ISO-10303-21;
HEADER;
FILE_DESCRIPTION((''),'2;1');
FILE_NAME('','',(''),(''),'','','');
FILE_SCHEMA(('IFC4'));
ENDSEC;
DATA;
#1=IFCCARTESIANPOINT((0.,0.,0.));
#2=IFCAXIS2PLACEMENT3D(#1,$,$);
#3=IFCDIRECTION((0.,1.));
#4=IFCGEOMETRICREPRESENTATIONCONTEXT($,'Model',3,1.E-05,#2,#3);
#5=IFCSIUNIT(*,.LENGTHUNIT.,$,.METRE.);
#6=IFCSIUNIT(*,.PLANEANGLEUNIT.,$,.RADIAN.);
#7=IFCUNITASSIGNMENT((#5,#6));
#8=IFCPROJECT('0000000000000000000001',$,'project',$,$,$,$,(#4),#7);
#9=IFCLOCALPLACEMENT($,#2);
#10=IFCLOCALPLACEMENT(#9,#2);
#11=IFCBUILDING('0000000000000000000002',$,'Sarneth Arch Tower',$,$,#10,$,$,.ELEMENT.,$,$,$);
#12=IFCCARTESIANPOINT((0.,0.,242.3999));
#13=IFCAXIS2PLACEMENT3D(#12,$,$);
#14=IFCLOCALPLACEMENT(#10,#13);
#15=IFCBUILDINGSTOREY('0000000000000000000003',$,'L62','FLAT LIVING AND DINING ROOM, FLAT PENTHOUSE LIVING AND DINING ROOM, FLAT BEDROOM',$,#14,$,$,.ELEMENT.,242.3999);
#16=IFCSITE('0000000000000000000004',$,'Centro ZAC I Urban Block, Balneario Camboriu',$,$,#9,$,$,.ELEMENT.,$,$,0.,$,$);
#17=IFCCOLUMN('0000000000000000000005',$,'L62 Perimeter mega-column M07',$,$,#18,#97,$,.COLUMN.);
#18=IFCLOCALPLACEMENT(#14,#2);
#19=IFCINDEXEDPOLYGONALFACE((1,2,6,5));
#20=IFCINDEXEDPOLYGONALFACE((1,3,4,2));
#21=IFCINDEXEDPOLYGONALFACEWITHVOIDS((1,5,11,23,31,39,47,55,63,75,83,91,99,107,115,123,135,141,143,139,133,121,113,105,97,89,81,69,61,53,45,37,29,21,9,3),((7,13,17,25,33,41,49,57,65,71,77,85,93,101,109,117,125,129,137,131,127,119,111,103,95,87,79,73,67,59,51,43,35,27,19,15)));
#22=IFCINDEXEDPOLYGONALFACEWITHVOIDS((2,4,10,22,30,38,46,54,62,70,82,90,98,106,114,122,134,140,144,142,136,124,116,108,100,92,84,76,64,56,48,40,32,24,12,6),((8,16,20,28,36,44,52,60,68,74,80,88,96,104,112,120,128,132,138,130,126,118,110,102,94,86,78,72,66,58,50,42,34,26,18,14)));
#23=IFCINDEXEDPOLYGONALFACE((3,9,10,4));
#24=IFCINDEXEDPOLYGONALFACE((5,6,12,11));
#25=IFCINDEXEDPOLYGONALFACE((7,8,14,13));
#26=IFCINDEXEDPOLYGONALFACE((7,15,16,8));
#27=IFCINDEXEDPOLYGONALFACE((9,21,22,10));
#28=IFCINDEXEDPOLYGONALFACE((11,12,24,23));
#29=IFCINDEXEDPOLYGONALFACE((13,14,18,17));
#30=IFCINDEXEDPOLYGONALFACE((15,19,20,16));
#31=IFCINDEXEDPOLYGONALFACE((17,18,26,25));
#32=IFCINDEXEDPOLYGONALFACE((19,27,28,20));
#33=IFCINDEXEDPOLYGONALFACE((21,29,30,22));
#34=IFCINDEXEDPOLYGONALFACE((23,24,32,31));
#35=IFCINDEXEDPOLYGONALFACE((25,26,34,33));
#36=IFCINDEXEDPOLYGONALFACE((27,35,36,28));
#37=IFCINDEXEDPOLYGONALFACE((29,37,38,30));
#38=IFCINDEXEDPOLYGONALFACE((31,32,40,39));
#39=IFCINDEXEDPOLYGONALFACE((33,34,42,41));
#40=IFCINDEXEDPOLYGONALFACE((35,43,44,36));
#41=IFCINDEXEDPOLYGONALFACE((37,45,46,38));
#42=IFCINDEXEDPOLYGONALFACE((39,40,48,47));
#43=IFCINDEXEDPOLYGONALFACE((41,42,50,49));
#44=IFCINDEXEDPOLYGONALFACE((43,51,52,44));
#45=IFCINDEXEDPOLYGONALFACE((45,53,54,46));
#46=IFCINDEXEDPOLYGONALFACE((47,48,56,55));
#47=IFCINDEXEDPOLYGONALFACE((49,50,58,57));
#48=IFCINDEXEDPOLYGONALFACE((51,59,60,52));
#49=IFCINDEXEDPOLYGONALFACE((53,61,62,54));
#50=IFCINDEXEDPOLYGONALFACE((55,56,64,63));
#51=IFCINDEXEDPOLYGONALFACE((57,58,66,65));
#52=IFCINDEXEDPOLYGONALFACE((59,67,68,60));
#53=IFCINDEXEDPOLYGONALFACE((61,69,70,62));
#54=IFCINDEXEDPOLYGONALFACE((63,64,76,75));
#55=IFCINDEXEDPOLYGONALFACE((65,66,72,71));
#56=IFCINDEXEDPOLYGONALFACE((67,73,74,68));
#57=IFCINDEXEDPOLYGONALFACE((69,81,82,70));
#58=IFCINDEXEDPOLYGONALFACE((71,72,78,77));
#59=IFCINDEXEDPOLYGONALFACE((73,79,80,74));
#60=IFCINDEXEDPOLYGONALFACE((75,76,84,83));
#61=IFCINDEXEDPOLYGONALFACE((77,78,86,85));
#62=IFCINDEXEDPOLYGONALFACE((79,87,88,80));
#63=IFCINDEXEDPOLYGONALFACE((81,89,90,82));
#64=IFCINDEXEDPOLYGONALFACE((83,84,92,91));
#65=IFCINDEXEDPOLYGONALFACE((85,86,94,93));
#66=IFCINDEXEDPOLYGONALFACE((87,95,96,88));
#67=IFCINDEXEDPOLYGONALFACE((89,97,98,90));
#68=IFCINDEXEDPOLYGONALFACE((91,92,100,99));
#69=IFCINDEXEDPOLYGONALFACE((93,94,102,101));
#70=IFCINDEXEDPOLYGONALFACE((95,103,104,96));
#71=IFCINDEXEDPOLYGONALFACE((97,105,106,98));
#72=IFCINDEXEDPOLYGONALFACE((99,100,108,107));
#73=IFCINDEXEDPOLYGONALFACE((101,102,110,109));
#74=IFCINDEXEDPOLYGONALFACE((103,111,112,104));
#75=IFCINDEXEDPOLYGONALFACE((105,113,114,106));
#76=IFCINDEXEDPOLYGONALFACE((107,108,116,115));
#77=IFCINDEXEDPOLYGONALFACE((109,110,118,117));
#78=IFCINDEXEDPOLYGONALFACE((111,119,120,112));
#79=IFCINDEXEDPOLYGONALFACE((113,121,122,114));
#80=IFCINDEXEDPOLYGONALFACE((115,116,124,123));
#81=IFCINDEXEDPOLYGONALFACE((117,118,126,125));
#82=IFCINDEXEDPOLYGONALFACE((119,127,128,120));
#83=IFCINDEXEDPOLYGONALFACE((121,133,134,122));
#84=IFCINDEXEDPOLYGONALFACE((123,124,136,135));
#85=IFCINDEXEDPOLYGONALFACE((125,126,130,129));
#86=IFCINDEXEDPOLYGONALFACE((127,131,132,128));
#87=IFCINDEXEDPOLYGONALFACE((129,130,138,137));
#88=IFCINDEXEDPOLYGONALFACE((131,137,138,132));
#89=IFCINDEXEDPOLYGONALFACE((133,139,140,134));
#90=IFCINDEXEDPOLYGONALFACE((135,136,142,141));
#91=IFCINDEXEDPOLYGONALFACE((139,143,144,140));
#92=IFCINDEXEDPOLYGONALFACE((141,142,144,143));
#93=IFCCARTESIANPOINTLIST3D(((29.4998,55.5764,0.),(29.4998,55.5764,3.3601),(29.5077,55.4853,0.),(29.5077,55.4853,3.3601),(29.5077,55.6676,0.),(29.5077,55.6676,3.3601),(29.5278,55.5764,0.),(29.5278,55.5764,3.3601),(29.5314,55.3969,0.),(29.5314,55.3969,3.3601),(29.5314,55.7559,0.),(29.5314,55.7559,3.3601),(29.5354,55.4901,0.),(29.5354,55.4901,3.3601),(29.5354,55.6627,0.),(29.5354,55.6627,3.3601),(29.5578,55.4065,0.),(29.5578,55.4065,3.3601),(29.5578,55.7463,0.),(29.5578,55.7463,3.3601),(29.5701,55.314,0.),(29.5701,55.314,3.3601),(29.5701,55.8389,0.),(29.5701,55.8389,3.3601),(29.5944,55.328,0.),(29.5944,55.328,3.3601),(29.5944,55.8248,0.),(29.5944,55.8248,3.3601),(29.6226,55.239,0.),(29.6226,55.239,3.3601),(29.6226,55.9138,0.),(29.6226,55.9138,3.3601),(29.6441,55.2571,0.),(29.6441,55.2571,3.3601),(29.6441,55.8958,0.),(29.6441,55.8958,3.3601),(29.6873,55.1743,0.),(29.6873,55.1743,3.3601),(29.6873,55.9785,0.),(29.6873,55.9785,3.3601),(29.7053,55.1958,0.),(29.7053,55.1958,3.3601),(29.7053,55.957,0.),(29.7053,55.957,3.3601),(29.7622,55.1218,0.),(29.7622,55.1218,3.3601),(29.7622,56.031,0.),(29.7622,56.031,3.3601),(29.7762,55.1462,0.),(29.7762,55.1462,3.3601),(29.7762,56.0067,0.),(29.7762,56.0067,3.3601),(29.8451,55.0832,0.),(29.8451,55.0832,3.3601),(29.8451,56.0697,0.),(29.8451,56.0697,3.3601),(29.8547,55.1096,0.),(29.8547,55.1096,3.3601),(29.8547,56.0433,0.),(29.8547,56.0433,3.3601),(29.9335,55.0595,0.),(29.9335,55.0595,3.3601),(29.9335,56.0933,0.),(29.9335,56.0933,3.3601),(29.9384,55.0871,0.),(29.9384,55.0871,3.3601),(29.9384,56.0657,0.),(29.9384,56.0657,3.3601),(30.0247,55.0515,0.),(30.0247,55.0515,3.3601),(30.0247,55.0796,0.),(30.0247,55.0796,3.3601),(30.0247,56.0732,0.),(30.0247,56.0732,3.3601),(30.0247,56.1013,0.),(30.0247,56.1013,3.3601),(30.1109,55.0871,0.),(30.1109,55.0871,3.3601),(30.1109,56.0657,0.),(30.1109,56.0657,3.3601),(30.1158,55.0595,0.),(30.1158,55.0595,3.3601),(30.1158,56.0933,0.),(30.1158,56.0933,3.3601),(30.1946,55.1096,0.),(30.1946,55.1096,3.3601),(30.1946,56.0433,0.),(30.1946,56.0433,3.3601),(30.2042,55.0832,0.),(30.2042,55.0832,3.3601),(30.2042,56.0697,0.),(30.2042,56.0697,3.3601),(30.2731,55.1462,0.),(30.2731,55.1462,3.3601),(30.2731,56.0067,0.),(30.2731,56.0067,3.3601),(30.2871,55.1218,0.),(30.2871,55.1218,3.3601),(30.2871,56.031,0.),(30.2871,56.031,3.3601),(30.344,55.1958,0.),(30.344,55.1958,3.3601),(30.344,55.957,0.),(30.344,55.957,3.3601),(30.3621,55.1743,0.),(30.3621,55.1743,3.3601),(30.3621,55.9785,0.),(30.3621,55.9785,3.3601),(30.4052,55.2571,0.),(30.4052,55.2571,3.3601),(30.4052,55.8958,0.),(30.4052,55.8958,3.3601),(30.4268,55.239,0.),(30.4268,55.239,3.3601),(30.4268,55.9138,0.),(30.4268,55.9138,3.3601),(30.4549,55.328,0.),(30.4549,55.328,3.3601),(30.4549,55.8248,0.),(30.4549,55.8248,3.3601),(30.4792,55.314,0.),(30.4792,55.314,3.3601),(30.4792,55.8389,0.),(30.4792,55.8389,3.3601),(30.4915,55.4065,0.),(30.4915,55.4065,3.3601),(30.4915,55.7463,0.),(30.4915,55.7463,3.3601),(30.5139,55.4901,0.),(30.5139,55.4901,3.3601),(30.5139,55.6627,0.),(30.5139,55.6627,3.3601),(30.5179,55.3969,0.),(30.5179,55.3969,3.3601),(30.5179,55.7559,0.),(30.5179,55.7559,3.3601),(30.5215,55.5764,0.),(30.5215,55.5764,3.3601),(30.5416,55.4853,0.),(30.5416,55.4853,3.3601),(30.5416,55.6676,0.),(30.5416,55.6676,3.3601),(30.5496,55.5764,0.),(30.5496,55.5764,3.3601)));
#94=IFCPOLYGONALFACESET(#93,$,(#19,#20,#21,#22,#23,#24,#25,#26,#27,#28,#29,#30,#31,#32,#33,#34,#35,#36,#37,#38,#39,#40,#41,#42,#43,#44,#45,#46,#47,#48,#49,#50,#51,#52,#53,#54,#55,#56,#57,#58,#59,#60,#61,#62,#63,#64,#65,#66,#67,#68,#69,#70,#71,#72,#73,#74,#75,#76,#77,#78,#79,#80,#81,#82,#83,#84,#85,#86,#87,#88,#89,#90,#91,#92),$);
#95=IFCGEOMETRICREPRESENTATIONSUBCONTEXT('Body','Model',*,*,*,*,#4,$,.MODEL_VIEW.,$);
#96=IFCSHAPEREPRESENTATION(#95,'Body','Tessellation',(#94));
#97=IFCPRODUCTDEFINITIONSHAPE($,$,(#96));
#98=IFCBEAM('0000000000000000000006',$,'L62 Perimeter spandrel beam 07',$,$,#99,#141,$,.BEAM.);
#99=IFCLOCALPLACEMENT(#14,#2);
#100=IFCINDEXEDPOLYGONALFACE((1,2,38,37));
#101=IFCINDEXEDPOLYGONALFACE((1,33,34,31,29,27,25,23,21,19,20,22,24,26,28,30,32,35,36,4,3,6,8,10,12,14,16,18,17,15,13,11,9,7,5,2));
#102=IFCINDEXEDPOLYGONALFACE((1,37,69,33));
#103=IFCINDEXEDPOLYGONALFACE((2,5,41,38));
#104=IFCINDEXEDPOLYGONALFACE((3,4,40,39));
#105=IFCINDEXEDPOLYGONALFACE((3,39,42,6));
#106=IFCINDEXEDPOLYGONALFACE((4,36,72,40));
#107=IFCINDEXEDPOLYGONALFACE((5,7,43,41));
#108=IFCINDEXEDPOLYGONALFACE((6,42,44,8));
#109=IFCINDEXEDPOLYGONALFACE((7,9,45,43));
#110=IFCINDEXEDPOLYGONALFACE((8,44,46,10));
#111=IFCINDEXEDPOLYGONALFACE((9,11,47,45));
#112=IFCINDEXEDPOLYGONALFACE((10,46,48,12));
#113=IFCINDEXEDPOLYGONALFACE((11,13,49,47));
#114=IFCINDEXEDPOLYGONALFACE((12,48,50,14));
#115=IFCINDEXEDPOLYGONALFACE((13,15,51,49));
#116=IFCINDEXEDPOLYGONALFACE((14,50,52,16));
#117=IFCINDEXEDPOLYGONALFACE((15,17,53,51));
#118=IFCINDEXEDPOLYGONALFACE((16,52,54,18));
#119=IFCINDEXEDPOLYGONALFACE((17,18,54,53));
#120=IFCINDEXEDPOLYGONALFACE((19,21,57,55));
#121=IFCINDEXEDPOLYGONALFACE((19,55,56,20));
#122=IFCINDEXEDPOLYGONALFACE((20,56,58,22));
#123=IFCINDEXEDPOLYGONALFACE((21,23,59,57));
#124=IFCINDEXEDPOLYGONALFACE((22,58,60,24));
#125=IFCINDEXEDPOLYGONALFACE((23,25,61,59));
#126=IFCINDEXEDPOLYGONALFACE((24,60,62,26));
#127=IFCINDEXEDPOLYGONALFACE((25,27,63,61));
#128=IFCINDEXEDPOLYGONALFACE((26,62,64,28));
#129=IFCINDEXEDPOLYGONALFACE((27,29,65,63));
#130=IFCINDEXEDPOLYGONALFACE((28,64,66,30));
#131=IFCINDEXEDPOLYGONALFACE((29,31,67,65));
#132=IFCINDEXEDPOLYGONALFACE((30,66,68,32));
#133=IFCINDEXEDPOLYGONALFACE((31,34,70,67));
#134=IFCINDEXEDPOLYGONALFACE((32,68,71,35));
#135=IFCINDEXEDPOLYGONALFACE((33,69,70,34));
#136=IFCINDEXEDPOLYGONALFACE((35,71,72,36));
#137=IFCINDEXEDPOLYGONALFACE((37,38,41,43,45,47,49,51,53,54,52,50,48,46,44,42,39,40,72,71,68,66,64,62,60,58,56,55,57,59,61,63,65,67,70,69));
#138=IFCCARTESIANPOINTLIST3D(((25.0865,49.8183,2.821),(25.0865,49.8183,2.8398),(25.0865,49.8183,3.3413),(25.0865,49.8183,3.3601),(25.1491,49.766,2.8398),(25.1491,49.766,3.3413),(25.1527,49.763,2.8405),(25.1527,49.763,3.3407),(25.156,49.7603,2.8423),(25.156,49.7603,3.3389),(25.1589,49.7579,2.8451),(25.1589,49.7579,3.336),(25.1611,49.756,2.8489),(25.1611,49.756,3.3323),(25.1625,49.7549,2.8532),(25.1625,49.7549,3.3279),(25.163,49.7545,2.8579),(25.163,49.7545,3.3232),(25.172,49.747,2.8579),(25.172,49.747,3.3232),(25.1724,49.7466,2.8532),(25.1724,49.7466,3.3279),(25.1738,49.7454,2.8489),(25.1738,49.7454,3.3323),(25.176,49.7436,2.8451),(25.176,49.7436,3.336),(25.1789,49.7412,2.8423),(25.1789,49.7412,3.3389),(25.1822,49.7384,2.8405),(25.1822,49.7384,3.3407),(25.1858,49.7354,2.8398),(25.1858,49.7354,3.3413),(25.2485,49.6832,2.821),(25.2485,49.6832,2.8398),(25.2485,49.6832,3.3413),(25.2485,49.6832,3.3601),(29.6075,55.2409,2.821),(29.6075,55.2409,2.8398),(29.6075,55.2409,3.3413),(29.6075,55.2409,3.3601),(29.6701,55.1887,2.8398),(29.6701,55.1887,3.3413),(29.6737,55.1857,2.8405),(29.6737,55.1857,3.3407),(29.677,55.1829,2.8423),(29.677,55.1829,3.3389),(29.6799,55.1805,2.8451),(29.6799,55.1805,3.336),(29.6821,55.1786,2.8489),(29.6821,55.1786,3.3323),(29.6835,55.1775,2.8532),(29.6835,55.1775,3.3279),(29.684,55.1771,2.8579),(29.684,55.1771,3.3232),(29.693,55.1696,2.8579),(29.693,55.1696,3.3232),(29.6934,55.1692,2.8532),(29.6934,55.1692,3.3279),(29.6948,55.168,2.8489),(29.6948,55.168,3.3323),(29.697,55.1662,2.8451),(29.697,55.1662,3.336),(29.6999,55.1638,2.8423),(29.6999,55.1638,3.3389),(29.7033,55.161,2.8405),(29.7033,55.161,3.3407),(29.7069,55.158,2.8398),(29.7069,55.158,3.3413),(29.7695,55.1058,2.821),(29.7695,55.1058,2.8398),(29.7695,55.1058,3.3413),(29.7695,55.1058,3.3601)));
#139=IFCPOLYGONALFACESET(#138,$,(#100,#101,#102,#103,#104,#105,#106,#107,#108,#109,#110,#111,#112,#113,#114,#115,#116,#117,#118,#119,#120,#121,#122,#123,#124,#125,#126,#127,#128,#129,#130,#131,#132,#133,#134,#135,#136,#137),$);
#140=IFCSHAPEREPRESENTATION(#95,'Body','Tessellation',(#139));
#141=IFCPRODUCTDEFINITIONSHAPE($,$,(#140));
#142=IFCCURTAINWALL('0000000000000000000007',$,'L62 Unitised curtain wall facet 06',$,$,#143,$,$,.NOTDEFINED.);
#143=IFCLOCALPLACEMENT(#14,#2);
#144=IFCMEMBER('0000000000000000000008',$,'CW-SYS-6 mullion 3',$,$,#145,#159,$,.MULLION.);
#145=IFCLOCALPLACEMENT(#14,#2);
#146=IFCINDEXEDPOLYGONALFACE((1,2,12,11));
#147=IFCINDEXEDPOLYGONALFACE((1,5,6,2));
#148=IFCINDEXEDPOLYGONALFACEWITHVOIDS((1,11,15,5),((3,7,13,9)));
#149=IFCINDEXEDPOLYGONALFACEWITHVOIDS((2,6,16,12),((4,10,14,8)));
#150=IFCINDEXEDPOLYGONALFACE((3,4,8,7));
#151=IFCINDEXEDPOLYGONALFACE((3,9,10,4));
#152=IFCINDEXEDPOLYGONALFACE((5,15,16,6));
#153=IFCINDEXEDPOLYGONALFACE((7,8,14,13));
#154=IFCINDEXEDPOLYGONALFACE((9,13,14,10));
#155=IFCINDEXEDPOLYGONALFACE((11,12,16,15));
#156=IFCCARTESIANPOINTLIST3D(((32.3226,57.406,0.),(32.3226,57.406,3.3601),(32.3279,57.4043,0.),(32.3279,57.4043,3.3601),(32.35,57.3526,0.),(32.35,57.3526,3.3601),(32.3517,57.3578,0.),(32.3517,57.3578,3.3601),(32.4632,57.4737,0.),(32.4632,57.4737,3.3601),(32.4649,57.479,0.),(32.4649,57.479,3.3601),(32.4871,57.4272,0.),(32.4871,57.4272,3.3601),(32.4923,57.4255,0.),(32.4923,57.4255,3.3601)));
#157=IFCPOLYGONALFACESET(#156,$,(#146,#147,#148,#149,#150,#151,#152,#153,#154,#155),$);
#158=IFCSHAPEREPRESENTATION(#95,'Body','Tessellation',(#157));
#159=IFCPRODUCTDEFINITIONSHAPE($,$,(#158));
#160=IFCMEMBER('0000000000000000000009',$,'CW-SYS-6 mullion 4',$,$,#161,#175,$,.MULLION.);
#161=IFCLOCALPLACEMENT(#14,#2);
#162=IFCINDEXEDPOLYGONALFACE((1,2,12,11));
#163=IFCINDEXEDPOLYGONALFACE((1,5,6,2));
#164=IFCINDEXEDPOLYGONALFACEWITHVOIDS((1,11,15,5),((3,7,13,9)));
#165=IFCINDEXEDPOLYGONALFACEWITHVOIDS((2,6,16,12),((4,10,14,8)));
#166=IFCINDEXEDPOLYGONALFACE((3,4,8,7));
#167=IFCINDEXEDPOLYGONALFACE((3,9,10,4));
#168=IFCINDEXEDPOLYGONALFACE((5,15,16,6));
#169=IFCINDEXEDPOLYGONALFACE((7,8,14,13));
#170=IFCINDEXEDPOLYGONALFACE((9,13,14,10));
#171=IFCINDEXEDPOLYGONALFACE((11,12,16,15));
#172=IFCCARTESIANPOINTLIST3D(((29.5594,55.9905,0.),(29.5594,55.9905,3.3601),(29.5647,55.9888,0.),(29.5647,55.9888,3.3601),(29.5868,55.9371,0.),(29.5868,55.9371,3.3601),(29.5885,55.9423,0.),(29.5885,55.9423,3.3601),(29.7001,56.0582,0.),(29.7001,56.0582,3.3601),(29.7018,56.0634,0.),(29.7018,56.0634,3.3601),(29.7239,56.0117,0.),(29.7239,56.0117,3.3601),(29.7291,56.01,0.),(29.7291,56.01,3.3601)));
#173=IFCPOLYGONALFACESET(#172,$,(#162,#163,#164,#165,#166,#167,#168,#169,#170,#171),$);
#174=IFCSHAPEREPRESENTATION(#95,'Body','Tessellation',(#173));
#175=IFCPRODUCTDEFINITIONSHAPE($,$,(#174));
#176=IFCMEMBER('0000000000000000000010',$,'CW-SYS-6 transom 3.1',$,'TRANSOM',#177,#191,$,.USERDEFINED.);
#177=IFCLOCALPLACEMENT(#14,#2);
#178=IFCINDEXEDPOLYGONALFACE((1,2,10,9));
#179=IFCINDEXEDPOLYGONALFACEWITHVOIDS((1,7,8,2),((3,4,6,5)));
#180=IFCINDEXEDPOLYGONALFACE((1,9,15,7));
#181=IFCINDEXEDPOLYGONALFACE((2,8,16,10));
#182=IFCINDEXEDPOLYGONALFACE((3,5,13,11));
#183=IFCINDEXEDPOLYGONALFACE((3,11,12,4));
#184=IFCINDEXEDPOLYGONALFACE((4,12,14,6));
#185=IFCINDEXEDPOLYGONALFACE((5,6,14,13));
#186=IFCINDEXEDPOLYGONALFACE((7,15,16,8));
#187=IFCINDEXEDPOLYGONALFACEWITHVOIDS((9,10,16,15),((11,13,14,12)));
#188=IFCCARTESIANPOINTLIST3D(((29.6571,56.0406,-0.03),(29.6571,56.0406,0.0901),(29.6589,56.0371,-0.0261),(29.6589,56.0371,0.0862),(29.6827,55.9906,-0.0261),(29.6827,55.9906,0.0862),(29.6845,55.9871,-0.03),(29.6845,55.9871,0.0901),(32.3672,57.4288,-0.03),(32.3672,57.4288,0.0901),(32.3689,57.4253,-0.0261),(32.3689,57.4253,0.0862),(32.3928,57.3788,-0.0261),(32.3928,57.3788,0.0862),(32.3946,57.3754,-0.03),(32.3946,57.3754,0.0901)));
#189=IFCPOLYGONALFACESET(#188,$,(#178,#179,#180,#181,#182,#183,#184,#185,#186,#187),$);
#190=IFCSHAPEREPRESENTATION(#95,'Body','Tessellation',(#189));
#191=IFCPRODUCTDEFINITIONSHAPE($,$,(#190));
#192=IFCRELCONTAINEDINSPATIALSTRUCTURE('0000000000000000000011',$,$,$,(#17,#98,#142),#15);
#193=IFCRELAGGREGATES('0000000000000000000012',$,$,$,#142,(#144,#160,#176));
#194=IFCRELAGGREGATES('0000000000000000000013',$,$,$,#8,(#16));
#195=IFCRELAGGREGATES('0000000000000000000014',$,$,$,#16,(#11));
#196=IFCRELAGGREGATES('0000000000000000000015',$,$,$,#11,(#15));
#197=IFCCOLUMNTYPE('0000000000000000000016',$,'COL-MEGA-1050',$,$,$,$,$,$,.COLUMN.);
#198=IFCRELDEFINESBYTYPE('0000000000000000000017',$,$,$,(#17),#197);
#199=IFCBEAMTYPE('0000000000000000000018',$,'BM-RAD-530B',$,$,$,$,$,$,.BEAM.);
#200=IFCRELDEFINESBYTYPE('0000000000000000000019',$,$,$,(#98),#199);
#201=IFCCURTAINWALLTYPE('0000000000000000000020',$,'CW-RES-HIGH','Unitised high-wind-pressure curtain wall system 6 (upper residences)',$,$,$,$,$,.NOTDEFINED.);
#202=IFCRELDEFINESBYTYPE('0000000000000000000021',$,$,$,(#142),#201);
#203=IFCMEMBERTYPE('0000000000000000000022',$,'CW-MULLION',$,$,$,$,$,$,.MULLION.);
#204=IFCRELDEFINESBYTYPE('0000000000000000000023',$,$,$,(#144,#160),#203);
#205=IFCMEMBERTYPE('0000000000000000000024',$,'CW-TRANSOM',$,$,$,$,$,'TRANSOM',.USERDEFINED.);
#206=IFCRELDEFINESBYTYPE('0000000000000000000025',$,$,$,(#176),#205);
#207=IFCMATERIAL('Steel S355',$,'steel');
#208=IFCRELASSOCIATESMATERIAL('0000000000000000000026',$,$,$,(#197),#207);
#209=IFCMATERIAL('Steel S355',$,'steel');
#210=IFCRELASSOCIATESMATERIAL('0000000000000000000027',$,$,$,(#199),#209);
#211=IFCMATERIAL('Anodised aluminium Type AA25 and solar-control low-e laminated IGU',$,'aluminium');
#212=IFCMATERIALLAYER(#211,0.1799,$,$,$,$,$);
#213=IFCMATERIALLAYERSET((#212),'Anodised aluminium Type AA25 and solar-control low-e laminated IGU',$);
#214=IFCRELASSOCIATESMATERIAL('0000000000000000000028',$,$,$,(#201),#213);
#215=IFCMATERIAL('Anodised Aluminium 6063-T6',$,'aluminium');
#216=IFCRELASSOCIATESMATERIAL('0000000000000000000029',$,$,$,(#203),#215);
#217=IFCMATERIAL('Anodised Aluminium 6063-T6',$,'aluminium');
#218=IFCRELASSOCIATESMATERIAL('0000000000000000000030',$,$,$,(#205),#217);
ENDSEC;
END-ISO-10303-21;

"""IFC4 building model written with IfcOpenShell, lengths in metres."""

from ifc_helpers import new_model, si_unit, direction, frame, origin, origin_2d, place, context, subcontext, project, spatial, hollow_rectangle, hollow_circle, i_section, extrude, material, layer, layer_set, material_profile, profile_set, type_object, element, aggregate, save


model = new_model("IFC4")

# Units and contexts
model_context = context("Model", 3, precision=1e-05, world=origin(), true_north=direction((0.0, 1.0)))
body_context = subcontext(model_context, "Body", "Model", "MODEL_VIEW")
ifc_project = project(units=[si_unit("LENGTHUNIT", "METRE"), si_unit("PLANEANGLEUNIT", "RADIAN")], contexts=[model_context])

# Site, building, storey
site_placement = place(None, origin())
site = spatial("IfcSite", under=ifc_project, at=site_placement, Name="Centro ZAC I Urban Block, Balneario Camboriu", CompositionType="ELEMENT", RefElevation=0.0)
building_placement = place(site_placement, origin())
building = spatial("IfcBuilding", under=site, at=building_placement, Name="Sarneth Arch Tower", CompositionType="ELEMENT")
storey_placement = place(building_placement, frame((0.0, 0.0, 242.3999)))
storey = spatial("IfcBuildingStorey", under=building, at=storey_placement, Name="L62", Description="FLAT LIVING AND DINING ROOM, FLAT PENTHOUSE LIVING AND DINING ROOM, FLAT BEDROOM", CompositionType="ELEMENT", Elevation=242.3999)

# Column
ifc_material_1 = material(Name="Steel S355", Category="steel")
ifc_material_profile_1 = material_profile(ifc_material_1, hollow_circle(Radius=0.5249, WallThickness=0.0281, at=origin_2d()), Name="CHS1050x28")
ifc_profile_set_1 = profile_set([ifc_material_profile_1], Name="Steel S355")
column_type = type_object("IfcColumnType", Name="COL-MEGA-1050", PredefinedType="COLUMN", material=ifc_profile_set_1)
column_placement = place(storey_placement, frame((30.0247, 55.5764, 0.0), z_axis=(0.0, 0.0, 1.0), x_axis=(1.0, 0.0, 0.0)))
element("IfcColumn", 1, at=column_placement, inside=storey, type_object=column_type, Name="L62 Perimeter mega-column M07", PredefinedType="COLUMN", context=body_context, shape_type="SweptSolid", body=[
    extrude(hollow_circle(Radius=0.5249, WallThickness=0.0281, at=origin_2d()), origin(), (0.0, 0.0, 1.0), 3.3601),
])

# Beam
ifc_material_2 = material(Name="Steel S355", Category="steel")
ifc_material_profile_2 = material_profile(ifc_material_2, i_section(OverallWidth=0.2109, OverallDepth=0.5391, WebThickness=0.0117, FlangeThickness=0.0188, FilletRadius=0.0181, at=origin_2d()), Name="W530x109")
ifc_profile_set_2 = profile_set([ifc_material_profile_2], Name="Steel S355")
beam_type = type_object("IfcBeamType", Name="BM-RAD-530B", PredefinedType="BEAM", material=ifc_profile_set_2)
beam_placement = place(storey_placement, frame((29.6885, 55.1733, 3.0906), z_axis=(-0.640365, -0.768071, 0.0), x_axis=(0.768071, -0.640365, 0.0)))
element("IfcBeam", 2, at=beam_placement, inside=storey, type_object=beam_type, Name="L62 Perimeter spandrel beam 07", PredefinedType="BEAM", context=body_context, shape_type="SweptSolid", body=[
    extrude(i_section(OverallWidth=0.2109, OverallDepth=0.5391, WebThickness=0.0117, FlangeThickness=0.0188, FilletRadius=0.0181, at=origin_2d()), origin(), (0.0, 0.0, 1.0), 7.0601),
])

# Curtain wall, members
ifc_material_3 = material(Name="Anodised aluminium Type AA25 and solar-control low-e laminated IGU", Category="aluminium")
ifc_layer_1 = layer(ifc_material_3, 0.1799)
ifc_layer_set_1 = layer_set([ifc_layer_1], Name="Anodised aluminium Type AA25 and solar-control low-e laminated IGU")
curtain_wall_type = type_object("IfcCurtainWallType", Name="CW-RES-HIGH", Description="Unitised high-wind-pressure curtain wall system 6 (upper residences)", PredefinedType="NOTDEFINED", material=ifc_layer_set_1)
curtain_wall_placement = place(storey_placement, origin())
curtain_wall = element("IfcCurtainWall", 3, at=curtain_wall_placement, inside=storey, type_object=curtain_wall_type, Name="L62 Unitised curtain wall facet 06", PredefinedType="NOTDEFINED")
ifc_material_4 = material(Name="Anodised Aluminium 6063-T6", Category="aluminium")
ifc_material_profile_3 = material_profile(ifc_material_4, hollow_rectangle(XDim=0.0601, YDim=0.1599, WallThickness=0.0039, at=origin_2d()), Name="AL-MULL-160x60x4")
ifc_profile_set_3 = profile_set([ifc_material_profile_3], Name="Anodised Aluminium 6063-T6")
member_type_1 = type_object("IfcMemberType", Name="CW-MULLION", PredefinedType="MULLION", material=ifc_profile_set_3)
member_1_placement = place(storey_placement, frame((32.4075, 57.4158, 0.0), z_axis=(0.0, 0.0, 1.0), x_axis=(0.455942, -0.89001, 0.0)))
member_1 = element("IfcMember", 4, at=member_1_placement, type_object=member_type_1, Name="CW-SYS-6 mullion 3", PredefinedType="MULLION", context=body_context, shape_type="SweptSolid", body=[
    extrude(hollow_rectangle(XDim=0.0601, YDim=0.1599, WallThickness=0.0039, at=origin_2d()), origin(), (0.0, 0.0, 1.0), 3.3601),
])
member_2_placement = place(storey_placement, frame((29.6443, 56.0002, 0.0), z_axis=(0.0, 0.0, 1.0), x_axis=(0.455942, -0.89001, 0.0)))
member_2 = element("IfcMember", 5, at=member_2_placement, type_object=member_type_1, Name="CW-SYS-6 mullion 4", PredefinedType="MULLION", context=body_context, shape_type="SweptSolid", body=[
    extrude(hollow_rectangle(XDim=0.0601, YDim=0.1599, WallThickness=0.0039, at=origin_2d()), origin(), (0.0, 0.0, 1.0), 3.3601),
])
ifc_material_5 = material(Name="Anodised Aluminium 6063-T6", Category="aluminium")
ifc_material_profile_4 = material_profile(ifc_material_5, hollow_rectangle(XDim=0.0601, YDim=0.1201, WallThickness=0.0039, at=origin_2d()), Name="AL-TRAN-120x60x4")
ifc_profile_set_4 = profile_set([ifc_material_profile_4], Name="Anodised Aluminium 6063-T6")
member_type_2 = type_object("IfcMemberType", Name="CW-TRANSOM", ElementType="TRANSOM", PredefinedType="USERDEFINED", material=ifc_profile_set_4)
member_3_placement = place(storey_placement, frame((32.3809, 57.4021, 0.03), z_axis=(-0.890023, -0.455916, 0.0), x_axis=(0.455916, -0.890023, 0.0)))
member_3 = element("IfcMember", 6, at=member_3_placement, type_object=member_type_2, Name="CW-SYS-6 transom 3.1", ObjectType="TRANSOM", PredefinedType="USERDEFINED", context=body_context, shape_type="SweptSolid", body=[
    extrude(hollow_rectangle(XDim=0.0601, YDim=0.1201, WallThickness=0.0039, at=origin_2d()), origin(), (0.0, 0.0, 1.0), 3.0449),
])

aggregate(curtain_wall, [member_1, member_2, member_3])

save(model, "model.ifc")
